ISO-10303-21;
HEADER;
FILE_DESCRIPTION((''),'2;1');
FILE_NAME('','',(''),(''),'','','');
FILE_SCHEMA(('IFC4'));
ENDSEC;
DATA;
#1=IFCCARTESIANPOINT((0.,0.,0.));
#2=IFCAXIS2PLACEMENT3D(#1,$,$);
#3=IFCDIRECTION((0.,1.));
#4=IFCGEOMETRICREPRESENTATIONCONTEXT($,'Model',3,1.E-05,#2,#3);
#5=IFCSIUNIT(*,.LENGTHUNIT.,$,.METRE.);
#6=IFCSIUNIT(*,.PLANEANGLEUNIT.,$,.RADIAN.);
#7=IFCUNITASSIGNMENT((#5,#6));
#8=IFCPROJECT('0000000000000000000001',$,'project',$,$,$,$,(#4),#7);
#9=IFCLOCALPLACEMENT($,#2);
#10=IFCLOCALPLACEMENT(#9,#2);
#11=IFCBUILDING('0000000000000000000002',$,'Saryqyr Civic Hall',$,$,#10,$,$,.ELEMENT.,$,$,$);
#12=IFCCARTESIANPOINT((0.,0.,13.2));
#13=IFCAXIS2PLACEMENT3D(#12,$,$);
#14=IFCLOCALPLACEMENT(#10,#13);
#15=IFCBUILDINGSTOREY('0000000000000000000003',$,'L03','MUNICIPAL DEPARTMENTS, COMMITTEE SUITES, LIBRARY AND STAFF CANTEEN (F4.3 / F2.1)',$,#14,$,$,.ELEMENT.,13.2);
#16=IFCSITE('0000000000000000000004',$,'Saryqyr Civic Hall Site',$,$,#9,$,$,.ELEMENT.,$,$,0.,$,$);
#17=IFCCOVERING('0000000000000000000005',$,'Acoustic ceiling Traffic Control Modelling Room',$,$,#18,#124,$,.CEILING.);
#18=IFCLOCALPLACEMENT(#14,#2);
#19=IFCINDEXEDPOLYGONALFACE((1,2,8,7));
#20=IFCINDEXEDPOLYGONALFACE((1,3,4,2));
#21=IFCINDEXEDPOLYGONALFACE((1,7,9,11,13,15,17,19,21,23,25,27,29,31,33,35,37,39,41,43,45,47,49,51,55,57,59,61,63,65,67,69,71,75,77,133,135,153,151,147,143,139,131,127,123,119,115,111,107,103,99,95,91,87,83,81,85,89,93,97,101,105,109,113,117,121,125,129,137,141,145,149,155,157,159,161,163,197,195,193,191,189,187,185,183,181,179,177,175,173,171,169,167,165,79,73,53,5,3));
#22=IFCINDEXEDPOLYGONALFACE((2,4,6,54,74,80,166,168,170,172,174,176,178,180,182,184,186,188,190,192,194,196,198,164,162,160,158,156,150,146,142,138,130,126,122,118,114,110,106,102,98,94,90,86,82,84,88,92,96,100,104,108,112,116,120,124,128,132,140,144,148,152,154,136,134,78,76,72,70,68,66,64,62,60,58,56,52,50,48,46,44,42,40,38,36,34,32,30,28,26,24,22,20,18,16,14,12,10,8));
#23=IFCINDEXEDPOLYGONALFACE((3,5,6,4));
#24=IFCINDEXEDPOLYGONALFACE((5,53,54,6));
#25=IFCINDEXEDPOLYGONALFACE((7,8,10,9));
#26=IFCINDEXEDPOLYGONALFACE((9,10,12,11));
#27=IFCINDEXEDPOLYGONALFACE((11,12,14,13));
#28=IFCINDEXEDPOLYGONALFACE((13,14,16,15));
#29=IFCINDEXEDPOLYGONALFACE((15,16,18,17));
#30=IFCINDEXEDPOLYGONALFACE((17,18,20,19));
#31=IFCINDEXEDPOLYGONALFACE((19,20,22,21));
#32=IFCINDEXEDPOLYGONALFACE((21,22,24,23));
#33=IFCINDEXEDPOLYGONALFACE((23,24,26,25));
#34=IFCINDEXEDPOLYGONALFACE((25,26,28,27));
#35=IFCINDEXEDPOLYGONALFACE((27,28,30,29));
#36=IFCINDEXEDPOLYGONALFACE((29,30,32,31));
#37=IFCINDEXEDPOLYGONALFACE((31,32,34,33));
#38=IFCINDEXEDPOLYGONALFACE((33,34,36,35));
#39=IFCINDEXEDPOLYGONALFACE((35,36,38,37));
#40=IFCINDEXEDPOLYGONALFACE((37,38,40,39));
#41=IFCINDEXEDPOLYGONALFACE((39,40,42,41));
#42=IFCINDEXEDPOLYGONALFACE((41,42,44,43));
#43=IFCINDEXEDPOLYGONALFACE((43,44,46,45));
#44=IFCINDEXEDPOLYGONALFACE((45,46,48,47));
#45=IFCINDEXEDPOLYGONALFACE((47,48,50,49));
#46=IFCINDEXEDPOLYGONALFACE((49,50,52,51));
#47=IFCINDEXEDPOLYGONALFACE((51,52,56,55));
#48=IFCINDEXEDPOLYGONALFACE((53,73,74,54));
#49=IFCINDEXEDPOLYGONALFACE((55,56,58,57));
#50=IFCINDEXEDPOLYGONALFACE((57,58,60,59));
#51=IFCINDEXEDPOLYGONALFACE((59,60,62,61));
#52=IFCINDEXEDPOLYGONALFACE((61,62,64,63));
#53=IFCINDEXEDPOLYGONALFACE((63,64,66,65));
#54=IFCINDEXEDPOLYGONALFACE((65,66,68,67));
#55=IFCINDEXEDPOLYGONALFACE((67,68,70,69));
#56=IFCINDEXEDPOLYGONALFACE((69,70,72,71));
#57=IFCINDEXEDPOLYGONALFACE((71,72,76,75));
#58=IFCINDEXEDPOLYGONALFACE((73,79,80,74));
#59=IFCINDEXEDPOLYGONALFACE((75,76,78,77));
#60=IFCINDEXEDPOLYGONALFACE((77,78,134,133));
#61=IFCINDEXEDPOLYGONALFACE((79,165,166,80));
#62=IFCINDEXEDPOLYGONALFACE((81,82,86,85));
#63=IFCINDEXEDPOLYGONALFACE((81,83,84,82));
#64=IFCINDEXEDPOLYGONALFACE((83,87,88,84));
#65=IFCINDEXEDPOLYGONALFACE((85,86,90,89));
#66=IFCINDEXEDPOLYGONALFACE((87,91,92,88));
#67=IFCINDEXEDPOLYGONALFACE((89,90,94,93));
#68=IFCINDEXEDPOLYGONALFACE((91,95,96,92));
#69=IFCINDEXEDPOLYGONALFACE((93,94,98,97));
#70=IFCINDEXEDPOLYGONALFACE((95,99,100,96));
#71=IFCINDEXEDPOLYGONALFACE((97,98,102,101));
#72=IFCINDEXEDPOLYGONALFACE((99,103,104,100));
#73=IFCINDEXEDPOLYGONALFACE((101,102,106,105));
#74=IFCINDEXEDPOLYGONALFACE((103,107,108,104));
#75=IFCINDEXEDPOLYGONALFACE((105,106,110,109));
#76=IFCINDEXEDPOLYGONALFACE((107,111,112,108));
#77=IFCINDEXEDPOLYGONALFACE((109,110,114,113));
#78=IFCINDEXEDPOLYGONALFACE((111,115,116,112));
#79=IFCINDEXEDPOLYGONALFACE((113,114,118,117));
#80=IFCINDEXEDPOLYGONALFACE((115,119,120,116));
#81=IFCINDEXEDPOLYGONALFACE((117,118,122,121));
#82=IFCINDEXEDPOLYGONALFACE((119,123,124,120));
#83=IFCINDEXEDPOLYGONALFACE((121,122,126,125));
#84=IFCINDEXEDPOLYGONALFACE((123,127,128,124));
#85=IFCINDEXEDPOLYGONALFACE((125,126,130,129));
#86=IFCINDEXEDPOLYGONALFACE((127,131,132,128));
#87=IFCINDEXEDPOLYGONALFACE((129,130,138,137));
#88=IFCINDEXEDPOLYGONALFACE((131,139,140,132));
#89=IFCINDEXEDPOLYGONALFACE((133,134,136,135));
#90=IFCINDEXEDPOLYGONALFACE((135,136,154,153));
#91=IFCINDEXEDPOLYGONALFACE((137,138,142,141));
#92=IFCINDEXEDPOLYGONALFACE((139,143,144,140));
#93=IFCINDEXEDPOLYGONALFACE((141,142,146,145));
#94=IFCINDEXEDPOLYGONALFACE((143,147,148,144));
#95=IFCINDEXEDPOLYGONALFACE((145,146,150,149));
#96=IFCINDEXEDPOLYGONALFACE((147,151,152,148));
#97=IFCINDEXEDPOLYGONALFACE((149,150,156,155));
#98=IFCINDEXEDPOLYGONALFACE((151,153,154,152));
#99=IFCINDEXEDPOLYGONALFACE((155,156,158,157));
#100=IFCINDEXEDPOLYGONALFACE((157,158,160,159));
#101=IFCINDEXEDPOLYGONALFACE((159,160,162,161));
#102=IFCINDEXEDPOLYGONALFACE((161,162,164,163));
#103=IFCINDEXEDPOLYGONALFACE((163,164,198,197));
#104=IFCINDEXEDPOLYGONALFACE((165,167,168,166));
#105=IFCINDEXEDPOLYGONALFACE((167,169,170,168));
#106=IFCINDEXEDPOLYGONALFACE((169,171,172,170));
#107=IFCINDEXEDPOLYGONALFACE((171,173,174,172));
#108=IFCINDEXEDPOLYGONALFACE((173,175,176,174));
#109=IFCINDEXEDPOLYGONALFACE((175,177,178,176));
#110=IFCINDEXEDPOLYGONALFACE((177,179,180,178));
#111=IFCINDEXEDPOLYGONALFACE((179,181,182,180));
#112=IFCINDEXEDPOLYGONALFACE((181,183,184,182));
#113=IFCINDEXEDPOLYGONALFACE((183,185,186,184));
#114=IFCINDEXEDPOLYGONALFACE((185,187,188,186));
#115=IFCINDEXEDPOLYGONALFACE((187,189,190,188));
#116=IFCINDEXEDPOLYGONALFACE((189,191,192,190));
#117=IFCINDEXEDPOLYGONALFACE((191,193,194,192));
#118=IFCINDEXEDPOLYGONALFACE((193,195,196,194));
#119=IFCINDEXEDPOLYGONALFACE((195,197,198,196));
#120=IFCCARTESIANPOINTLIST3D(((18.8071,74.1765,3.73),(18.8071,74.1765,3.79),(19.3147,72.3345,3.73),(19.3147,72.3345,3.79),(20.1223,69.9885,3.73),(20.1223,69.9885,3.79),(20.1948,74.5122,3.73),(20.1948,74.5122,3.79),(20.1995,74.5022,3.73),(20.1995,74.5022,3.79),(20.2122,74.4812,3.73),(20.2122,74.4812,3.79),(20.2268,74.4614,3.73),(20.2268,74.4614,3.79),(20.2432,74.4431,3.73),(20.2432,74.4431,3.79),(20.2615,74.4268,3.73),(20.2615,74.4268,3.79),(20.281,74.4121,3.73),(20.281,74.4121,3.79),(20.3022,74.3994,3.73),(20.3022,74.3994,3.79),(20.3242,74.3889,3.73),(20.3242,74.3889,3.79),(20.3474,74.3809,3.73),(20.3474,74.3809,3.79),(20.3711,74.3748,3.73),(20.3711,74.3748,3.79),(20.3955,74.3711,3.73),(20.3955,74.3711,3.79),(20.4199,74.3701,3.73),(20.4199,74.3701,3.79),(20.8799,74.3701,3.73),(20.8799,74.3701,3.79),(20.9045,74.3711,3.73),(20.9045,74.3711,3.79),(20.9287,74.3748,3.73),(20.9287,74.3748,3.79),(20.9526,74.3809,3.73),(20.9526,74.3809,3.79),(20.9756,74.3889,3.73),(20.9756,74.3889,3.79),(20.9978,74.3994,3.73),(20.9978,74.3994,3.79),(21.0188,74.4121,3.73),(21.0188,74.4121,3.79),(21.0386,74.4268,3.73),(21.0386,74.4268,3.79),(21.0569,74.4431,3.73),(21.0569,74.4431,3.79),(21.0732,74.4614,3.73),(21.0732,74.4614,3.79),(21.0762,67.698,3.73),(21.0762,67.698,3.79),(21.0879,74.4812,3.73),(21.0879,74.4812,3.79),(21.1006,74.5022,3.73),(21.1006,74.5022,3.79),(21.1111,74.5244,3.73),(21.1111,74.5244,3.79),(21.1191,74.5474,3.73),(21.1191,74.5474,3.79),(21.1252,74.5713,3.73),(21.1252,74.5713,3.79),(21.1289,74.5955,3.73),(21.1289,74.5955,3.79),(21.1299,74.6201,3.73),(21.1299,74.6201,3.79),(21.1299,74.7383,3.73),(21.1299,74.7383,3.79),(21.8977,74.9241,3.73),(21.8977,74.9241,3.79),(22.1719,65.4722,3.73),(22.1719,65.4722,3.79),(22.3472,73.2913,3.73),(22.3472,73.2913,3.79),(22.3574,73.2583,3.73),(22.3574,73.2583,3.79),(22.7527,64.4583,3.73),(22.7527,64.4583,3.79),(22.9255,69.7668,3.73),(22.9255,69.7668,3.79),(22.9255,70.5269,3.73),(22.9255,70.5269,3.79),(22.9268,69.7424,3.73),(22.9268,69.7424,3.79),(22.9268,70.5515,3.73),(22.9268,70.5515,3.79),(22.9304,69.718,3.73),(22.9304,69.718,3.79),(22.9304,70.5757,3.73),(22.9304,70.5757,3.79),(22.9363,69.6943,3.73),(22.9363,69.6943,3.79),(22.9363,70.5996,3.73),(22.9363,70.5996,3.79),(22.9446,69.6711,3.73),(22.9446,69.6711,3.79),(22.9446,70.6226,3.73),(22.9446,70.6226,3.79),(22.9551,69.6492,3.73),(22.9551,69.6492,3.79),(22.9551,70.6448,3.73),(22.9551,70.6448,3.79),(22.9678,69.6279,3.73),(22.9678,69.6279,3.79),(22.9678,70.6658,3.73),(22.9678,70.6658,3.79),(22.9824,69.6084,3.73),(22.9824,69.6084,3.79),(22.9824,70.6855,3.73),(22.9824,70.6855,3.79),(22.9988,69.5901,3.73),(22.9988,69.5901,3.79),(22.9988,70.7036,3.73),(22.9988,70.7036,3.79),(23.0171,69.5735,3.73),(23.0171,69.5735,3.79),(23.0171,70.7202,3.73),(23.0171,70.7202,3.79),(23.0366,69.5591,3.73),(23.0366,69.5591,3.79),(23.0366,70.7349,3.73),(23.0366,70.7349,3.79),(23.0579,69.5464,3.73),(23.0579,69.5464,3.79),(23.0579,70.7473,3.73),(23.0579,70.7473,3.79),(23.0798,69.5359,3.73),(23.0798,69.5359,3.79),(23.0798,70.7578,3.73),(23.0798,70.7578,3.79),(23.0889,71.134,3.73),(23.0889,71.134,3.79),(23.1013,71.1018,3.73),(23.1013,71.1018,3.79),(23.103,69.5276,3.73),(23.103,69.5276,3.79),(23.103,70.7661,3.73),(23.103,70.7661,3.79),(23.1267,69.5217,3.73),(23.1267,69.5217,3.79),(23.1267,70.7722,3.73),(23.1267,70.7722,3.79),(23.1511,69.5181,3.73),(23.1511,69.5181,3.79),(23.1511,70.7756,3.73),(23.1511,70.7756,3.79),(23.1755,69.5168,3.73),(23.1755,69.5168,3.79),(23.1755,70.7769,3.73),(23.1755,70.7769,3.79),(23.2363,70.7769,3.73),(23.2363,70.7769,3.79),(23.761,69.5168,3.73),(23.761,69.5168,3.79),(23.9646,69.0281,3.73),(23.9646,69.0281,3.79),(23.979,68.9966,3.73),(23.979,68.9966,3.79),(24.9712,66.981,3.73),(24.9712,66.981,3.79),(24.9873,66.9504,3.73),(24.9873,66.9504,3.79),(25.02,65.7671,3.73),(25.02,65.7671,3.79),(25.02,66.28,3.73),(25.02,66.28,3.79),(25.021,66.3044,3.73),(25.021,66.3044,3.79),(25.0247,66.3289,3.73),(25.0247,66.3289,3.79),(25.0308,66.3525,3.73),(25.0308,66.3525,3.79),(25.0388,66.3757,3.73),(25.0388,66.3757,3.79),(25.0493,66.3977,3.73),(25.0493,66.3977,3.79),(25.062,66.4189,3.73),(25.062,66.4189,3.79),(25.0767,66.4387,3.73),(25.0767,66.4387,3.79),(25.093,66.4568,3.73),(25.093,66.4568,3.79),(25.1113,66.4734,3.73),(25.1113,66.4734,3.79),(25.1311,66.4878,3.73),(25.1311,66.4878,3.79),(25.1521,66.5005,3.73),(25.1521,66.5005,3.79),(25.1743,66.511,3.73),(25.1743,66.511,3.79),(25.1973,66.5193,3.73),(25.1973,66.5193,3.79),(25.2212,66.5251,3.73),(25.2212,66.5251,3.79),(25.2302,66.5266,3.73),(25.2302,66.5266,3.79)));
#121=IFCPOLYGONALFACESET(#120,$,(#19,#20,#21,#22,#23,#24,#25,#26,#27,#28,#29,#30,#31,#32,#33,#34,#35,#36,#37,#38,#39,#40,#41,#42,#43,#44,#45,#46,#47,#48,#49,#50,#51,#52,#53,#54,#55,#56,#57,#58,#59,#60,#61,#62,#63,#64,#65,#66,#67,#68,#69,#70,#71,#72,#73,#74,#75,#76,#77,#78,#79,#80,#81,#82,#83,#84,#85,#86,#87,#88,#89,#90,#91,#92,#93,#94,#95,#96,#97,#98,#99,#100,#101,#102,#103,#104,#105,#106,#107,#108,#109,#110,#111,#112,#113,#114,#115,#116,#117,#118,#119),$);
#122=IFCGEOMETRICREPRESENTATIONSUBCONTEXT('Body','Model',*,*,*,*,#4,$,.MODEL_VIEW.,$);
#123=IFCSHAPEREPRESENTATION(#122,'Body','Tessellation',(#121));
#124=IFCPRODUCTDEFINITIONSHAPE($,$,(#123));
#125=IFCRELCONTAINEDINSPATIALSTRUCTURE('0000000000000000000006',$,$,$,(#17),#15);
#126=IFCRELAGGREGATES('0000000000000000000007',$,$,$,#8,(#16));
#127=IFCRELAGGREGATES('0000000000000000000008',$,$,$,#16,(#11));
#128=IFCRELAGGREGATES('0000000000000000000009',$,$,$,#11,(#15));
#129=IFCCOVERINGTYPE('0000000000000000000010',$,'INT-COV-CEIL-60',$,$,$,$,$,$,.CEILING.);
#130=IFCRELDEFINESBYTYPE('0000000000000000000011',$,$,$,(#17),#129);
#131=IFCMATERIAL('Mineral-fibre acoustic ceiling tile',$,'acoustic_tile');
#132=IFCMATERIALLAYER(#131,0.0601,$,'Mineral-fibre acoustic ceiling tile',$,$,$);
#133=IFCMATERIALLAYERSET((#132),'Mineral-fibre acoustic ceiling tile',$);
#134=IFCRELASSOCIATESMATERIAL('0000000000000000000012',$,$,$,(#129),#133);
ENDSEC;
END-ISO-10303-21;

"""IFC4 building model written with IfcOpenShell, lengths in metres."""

from ifc_helpers import new_model, si_unit, direction, frame, origin, place, context, subcontext, project, spatial, polyline, outline, extrude, material, layer, layer_set, type_object, element, save


model = new_model("IFC4")

# Units and contexts
model_context = context("Model", 3, precision=1e-05, world=origin(), true_north=direction((0.0, 1.0)))
body_context = subcontext(model_context, "Body", "Model", "MODEL_VIEW")
ifc_project = project(units=[si_unit("LENGTHUNIT", "METRE"), si_unit("PLANEANGLEUNIT", "RADIAN")], contexts=[model_context])

# Site, building, storey
site_placement = place(None, origin())
site = spatial("IfcSite", under=ifc_project, at=site_placement, Name="Saryqyr Civic Hall Site", CompositionType="ELEMENT", RefElevation=0.0)
building_placement = place(site_placement, origin())
building = spatial("IfcBuilding", under=site, at=building_placement, Name="Saryqyr Civic Hall", CompositionType="ELEMENT")
storey_placement = place(building_placement, frame((0.0, 0.0, 13.2)))
storey = spatial("IfcBuildingStorey", under=building, at=storey_placement, Name="L03", Description="MUNICIPAL DEPARTMENTS, COMMITTEE SUITES, LIBRARY AND STAFF CANTEEN (F4.3 / F2.1)", CompositionType="ELEMENT", Elevation=13.2)

# Covering
ifc_material_1 = material(Name="Mineral-fibre acoustic ceiling tile", Category="acoustic_tile")
ifc_layer_1 = layer(ifc_material_1, 0.0601, Name="Mineral-fibre acoustic ceiling tile")
ifc_layer_set_1 = layer_set([ifc_layer_1], Name="Mineral-fibre acoustic ceiling tile")
covering_type = type_object("IfcCoveringType", Name="INT-COV-CEIL-60", PredefinedType="CEILING", material=ifc_layer_set_1)
covering_1_placement = place(storey_placement, frame((0.0, 0.0, 3.73)))
element("IfcCovering", 1, at=covering_1_placement, inside=storey, type_object=covering_type, Name="Acoustic ceiling Traffic Control Modelling Room", PredefinedType="CEILING", context=body_context, shape_type="SweptSolid", body=[
    extrude(outline(polyline([(23.1013, 71.1018), (23.2363, 70.7769), (23.1755, 70.7769), (23.1511, 70.7756), (23.1267, 70.7722), (23.103, 70.7661), (23.0798, 70.7578), (23.0579, 70.7473), (23.0366, 70.7349), (23.0171, 70.7202), (22.9988, 70.7036), (22.9824, 70.6855), (22.9678, 70.6658), (22.9551, 70.6448), (22.9446, 70.6226), (22.9363, 70.5996), (22.9304, 70.5757), (22.9268, 70.5515), (22.9255, 70.5269), (22.9255, 69.7668), (22.9268, 69.7424), (22.9304, 69.718), (22.9363, 69.6943), (22.9446, 69.6711), (22.9551, 69.6492), (22.9678, 69.6279), (22.9824, 69.6084), (22.9988, 69.5901), (23.0171, 69.5735), (23.0366, 69.5591), (23.0579, 69.5464), (23.0798, 69.5359), (23.103, 69.5276), (23.1267, 69.5217), (23.1511, 69.5181), (23.1755, 69.5168), (23.761, 69.5168), (23.9646, 69.0281), (23.979, 68.9966), (24.9712, 66.981), (24.9873, 66.9504), (25.2302, 66.5266), (25.2212, 66.5251), (25.1973, 66.5193), (25.1743, 66.511), (25.1521, 66.5005), (25.1311, 66.4878), (25.1113, 66.4734), (25.093, 66.4568), (25.0767, 66.4387), (25.062, 66.4189), (25.0493, 66.3977), (25.0388, 66.3757), (25.0308, 66.3525), (25.0247, 66.3289), (25.021, 66.3044), (25.02, 66.28), (25.02, 65.7671), (22.7527, 64.4583), (22.1719, 65.4722), (21.0762, 67.698), (20.1223, 69.9885), (19.3147, 72.3345), (18.8071, 74.1765), (20.1948, 74.5122), (20.1995, 74.5022), (20.2122, 74.4812), (20.2268, 74.4614), (20.2432, 74.4431), (20.2615, 74.4268), (20.281, 74.4121), (20.3022, 74.3994), (20.3242, 74.3889), (20.3474, 74.3809), (20.3711, 74.3748), (20.3955, 74.3711), (20.4199, 74.3701), (20.8799, 74.3701), (20.9045, 74.3711), (20.9287, 74.3748), (20.9526, 74.3809), (20.9756, 74.3889), (20.9978, 74.3994), (21.0188, 74.4121), (21.0386, 74.4268), (21.0569, 74.4431), (21.0732, 74.4614), (21.0879, 74.4812), (21.1006, 74.5022), (21.1111, 74.5244), (21.1191, 74.5474), (21.1252, 74.5713), (21.1289, 74.5955), (21.1299, 74.6201), (21.1299, 74.7383), (21.8977, 74.9241), (22.3472, 73.2913), (22.3574, 73.2583), (23.0889, 71.134), (23.1013, 71.1018)])), origin(), (0.0, 0.0, 1.0), 0.0601),
])

save(model, "model.ifc")
